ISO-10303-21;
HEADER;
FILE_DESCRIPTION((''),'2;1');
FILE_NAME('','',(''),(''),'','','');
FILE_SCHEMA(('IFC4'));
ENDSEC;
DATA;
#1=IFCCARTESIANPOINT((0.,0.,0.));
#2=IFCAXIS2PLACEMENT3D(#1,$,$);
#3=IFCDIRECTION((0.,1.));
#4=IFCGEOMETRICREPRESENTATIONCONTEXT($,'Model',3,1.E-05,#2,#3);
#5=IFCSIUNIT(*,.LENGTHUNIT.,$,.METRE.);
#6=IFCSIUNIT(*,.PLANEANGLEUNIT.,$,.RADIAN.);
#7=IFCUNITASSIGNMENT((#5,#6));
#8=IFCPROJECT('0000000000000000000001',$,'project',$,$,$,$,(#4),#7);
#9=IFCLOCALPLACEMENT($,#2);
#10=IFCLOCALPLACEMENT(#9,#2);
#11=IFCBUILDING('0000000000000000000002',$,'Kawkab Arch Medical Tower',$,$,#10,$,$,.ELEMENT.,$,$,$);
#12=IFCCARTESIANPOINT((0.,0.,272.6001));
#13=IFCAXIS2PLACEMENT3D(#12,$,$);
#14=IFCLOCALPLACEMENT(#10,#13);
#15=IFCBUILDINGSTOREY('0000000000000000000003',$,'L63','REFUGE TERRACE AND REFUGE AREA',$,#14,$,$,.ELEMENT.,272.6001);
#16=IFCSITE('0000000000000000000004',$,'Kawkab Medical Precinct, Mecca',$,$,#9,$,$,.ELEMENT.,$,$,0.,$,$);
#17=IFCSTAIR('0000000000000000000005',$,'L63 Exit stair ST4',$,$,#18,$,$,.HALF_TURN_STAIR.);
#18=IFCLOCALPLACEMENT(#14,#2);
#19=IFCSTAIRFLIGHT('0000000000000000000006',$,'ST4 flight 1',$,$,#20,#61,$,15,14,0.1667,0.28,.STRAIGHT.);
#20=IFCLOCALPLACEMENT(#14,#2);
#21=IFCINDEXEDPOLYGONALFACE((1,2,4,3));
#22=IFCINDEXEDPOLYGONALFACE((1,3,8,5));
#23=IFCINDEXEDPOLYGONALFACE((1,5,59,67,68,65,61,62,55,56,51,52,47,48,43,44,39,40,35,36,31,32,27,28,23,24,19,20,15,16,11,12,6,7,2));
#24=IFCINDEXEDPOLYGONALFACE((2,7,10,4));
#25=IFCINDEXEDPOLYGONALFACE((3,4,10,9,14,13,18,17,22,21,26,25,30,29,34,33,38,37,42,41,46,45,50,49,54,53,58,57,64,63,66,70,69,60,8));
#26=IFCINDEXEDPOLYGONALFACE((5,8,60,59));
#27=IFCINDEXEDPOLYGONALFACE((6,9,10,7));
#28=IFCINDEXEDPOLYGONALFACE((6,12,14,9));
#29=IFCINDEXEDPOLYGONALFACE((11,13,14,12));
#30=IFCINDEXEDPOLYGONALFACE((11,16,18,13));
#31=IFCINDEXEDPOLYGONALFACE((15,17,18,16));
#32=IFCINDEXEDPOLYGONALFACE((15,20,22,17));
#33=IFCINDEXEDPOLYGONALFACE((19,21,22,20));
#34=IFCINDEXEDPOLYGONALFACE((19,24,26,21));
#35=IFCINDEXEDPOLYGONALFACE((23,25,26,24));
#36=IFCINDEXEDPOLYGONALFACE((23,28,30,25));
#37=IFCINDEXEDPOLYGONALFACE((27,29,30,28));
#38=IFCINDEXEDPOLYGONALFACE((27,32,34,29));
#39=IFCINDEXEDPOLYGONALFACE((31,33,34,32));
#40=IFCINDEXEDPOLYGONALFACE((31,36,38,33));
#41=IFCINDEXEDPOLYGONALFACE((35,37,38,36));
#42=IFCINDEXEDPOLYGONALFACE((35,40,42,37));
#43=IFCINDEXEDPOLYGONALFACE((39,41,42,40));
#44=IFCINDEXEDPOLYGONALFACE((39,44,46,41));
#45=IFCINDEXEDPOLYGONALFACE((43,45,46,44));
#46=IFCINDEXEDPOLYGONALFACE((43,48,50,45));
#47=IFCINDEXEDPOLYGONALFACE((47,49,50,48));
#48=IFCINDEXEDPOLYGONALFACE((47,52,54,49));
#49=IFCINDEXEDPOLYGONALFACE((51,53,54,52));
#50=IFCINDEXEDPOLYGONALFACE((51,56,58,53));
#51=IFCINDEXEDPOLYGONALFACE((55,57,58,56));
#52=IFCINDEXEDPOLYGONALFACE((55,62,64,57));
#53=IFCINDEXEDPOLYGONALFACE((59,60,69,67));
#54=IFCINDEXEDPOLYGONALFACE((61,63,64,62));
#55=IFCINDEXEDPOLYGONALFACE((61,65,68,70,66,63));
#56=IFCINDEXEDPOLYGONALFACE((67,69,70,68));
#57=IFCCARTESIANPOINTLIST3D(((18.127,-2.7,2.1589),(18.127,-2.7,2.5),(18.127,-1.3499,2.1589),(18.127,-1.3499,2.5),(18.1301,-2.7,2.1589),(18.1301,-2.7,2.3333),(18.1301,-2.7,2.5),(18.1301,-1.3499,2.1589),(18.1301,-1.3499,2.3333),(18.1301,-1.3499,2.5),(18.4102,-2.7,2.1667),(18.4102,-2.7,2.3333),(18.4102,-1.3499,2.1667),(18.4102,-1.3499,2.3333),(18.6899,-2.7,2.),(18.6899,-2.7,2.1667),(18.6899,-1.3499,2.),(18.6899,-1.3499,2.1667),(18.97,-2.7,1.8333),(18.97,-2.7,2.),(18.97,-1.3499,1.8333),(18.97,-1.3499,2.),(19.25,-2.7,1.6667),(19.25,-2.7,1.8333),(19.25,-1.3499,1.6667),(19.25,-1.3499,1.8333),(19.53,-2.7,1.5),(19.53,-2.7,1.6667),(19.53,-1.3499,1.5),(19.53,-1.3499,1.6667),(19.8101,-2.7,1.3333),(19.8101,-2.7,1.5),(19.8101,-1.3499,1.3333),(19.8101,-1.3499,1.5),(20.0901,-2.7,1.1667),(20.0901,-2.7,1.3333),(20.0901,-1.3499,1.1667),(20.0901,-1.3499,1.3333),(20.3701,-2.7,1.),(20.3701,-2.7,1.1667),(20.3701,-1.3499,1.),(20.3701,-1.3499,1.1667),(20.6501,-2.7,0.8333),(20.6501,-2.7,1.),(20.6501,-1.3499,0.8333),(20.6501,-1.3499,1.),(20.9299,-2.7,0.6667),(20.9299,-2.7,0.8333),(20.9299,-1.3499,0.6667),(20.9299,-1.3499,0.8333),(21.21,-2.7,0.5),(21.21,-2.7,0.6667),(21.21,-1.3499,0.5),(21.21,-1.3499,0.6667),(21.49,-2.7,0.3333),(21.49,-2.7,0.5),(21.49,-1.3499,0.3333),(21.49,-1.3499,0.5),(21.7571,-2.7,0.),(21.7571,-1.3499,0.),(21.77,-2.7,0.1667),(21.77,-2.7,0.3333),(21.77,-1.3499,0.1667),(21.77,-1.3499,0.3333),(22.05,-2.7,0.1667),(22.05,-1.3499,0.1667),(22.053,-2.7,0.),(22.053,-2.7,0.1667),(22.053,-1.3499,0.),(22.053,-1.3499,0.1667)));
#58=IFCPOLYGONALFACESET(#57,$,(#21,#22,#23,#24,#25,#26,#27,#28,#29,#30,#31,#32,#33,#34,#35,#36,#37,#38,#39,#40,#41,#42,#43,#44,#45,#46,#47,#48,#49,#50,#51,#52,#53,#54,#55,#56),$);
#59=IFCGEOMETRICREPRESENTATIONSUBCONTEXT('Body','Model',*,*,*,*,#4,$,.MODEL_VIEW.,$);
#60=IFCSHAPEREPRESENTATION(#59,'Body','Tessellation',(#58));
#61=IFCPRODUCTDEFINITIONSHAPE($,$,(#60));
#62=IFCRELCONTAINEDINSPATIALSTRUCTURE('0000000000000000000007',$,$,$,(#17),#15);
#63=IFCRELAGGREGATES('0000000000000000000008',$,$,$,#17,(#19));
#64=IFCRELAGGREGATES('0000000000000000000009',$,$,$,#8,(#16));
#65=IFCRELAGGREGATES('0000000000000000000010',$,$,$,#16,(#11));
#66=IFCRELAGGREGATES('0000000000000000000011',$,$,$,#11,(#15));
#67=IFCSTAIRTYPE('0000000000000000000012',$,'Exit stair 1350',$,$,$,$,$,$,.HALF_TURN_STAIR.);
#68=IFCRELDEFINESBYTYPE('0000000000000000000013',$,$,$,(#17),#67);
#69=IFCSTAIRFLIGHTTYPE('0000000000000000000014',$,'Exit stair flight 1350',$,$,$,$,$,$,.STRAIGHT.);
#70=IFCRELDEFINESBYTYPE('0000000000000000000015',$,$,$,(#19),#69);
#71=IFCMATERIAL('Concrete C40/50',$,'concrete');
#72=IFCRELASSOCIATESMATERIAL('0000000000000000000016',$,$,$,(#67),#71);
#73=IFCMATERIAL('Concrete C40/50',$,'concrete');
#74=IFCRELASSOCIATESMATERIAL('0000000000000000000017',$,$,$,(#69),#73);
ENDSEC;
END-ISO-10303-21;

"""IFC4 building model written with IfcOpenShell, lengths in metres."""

from ifc_helpers import new_model, si_unit, direction, frame, origin, place, context, subcontext, project, spatial, polyline, outline, extrude, material, type_object, element, aggregate, save


model = new_model("IFC4")

# Units and contexts
model_context = context("Model", 3, precision=1e-05, world=origin(), true_north=direction((0.0, 1.0)))
body_context = subcontext(model_context, "Body", "Model", "MODEL_VIEW")
ifc_project = project(units=[si_unit("LENGTHUNIT", "METRE"), si_unit("PLANEANGLEUNIT", "RADIAN")], contexts=[model_context])

# Site, building, storey
site_placement = place(None, origin())
site = spatial("IfcSite", under=ifc_project, at=site_placement, Name="Kawkab Medical Precinct, Mecca", CompositionType="ELEMENT", RefElevation=0.0)
building_placement = place(site_placement, origin())
building = spatial("IfcBuilding", under=site, at=building_placement, Name="Kawkab Arch Medical Tower", CompositionType="ELEMENT")
storey_placement = place(building_placement, frame((0.0, 0.0, 272.6001)))
storey = spatial("IfcBuildingStorey", under=building, at=storey_placement, Name="L63", Description="REFUGE TERRACE AND REFUGE AREA", CompositionType="ELEMENT", Elevation=272.6001)

# Stair, stair flight
ifc_material_1 = material(Name="Concrete C40/50", Category="concrete")
stair_type = type_object("IfcStairType", Name="Exit stair 1350", PredefinedType="HALF_TURN_STAIR", material=ifc_material_1)
stair_placement = place(storey_placement, origin())
stair = element("IfcStair", 1, at=stair_placement, inside=storey, type_object=stair_type, Name="L63 Exit stair ST4", PredefinedType="HALF_TURN_STAIR")
ifc_material_2 = material(Name="Concrete C40/50", Category="concrete")
stair_flight_type = type_object("IfcStairFlightType", Name="Exit stair flight 1350", PredefinedType="STRAIGHT", material=ifc_material_2)
stair_flight_placement = place(storey_placement, frame((22.05, -2.0249, 0.0), z_axis=(0.0, 0.0, 1.0), x_axis=(-1.0, 0.0, 0.0)))
stair_flight = element("IfcStairFlight", 2, at=stair_flight_placement, type_object=stair_flight_type, Name="ST4 flight 1", NumberOfRisers=15, NumberOfTreads=14, PredefinedType="STRAIGHT", RiserHeight=0.1667, TreadLength=0.28, context=body_context, shape_type="SweptSolid", body=[
    extrude(outline(polyline([(-0.0029, 0.0), (-0.0029, 0.1667), (0.0, 0.1667), (0.28, 0.1667), (0.28, 0.3333), (0.5601, 0.3333), (0.5601, 0.5), (0.8401, 0.5), (0.8401, 0.6667), (1.1201, 0.6667), (1.1201, 0.8333), (1.3999, 0.8333), (1.3999, 1.0), (1.6799, 1.0), (1.6799, 1.1667), (1.96, 1.1667), (1.96, 1.3333), (2.24, 1.3333), (2.24, 1.5), (2.52, 1.5), (2.52, 1.6667), (2.8, 1.6667), (2.8, 1.8333), (3.0801, 1.8333), (3.0801, 2.0), (3.3601, 2.0), (3.3601, 2.1667), (3.6399, 2.1667), (3.6399, 2.3333), (3.9199, 2.3333), (3.9199, 2.5), (3.9231, 2.5), (3.9231, 2.1589), (3.9199, 2.1589), (0.293, 0.0), (-0.0029, 0.0)])), frame((0.0, 0.675, 0.0), z_axis=(0.0, -1.0, 0.0), x_axis=(1.0, 0.0, 0.0)), (0.0, 0.0, 1.0), 1.3501),
])
aggregate(stair, [stair_flight])

save(model, "model.ifc")
